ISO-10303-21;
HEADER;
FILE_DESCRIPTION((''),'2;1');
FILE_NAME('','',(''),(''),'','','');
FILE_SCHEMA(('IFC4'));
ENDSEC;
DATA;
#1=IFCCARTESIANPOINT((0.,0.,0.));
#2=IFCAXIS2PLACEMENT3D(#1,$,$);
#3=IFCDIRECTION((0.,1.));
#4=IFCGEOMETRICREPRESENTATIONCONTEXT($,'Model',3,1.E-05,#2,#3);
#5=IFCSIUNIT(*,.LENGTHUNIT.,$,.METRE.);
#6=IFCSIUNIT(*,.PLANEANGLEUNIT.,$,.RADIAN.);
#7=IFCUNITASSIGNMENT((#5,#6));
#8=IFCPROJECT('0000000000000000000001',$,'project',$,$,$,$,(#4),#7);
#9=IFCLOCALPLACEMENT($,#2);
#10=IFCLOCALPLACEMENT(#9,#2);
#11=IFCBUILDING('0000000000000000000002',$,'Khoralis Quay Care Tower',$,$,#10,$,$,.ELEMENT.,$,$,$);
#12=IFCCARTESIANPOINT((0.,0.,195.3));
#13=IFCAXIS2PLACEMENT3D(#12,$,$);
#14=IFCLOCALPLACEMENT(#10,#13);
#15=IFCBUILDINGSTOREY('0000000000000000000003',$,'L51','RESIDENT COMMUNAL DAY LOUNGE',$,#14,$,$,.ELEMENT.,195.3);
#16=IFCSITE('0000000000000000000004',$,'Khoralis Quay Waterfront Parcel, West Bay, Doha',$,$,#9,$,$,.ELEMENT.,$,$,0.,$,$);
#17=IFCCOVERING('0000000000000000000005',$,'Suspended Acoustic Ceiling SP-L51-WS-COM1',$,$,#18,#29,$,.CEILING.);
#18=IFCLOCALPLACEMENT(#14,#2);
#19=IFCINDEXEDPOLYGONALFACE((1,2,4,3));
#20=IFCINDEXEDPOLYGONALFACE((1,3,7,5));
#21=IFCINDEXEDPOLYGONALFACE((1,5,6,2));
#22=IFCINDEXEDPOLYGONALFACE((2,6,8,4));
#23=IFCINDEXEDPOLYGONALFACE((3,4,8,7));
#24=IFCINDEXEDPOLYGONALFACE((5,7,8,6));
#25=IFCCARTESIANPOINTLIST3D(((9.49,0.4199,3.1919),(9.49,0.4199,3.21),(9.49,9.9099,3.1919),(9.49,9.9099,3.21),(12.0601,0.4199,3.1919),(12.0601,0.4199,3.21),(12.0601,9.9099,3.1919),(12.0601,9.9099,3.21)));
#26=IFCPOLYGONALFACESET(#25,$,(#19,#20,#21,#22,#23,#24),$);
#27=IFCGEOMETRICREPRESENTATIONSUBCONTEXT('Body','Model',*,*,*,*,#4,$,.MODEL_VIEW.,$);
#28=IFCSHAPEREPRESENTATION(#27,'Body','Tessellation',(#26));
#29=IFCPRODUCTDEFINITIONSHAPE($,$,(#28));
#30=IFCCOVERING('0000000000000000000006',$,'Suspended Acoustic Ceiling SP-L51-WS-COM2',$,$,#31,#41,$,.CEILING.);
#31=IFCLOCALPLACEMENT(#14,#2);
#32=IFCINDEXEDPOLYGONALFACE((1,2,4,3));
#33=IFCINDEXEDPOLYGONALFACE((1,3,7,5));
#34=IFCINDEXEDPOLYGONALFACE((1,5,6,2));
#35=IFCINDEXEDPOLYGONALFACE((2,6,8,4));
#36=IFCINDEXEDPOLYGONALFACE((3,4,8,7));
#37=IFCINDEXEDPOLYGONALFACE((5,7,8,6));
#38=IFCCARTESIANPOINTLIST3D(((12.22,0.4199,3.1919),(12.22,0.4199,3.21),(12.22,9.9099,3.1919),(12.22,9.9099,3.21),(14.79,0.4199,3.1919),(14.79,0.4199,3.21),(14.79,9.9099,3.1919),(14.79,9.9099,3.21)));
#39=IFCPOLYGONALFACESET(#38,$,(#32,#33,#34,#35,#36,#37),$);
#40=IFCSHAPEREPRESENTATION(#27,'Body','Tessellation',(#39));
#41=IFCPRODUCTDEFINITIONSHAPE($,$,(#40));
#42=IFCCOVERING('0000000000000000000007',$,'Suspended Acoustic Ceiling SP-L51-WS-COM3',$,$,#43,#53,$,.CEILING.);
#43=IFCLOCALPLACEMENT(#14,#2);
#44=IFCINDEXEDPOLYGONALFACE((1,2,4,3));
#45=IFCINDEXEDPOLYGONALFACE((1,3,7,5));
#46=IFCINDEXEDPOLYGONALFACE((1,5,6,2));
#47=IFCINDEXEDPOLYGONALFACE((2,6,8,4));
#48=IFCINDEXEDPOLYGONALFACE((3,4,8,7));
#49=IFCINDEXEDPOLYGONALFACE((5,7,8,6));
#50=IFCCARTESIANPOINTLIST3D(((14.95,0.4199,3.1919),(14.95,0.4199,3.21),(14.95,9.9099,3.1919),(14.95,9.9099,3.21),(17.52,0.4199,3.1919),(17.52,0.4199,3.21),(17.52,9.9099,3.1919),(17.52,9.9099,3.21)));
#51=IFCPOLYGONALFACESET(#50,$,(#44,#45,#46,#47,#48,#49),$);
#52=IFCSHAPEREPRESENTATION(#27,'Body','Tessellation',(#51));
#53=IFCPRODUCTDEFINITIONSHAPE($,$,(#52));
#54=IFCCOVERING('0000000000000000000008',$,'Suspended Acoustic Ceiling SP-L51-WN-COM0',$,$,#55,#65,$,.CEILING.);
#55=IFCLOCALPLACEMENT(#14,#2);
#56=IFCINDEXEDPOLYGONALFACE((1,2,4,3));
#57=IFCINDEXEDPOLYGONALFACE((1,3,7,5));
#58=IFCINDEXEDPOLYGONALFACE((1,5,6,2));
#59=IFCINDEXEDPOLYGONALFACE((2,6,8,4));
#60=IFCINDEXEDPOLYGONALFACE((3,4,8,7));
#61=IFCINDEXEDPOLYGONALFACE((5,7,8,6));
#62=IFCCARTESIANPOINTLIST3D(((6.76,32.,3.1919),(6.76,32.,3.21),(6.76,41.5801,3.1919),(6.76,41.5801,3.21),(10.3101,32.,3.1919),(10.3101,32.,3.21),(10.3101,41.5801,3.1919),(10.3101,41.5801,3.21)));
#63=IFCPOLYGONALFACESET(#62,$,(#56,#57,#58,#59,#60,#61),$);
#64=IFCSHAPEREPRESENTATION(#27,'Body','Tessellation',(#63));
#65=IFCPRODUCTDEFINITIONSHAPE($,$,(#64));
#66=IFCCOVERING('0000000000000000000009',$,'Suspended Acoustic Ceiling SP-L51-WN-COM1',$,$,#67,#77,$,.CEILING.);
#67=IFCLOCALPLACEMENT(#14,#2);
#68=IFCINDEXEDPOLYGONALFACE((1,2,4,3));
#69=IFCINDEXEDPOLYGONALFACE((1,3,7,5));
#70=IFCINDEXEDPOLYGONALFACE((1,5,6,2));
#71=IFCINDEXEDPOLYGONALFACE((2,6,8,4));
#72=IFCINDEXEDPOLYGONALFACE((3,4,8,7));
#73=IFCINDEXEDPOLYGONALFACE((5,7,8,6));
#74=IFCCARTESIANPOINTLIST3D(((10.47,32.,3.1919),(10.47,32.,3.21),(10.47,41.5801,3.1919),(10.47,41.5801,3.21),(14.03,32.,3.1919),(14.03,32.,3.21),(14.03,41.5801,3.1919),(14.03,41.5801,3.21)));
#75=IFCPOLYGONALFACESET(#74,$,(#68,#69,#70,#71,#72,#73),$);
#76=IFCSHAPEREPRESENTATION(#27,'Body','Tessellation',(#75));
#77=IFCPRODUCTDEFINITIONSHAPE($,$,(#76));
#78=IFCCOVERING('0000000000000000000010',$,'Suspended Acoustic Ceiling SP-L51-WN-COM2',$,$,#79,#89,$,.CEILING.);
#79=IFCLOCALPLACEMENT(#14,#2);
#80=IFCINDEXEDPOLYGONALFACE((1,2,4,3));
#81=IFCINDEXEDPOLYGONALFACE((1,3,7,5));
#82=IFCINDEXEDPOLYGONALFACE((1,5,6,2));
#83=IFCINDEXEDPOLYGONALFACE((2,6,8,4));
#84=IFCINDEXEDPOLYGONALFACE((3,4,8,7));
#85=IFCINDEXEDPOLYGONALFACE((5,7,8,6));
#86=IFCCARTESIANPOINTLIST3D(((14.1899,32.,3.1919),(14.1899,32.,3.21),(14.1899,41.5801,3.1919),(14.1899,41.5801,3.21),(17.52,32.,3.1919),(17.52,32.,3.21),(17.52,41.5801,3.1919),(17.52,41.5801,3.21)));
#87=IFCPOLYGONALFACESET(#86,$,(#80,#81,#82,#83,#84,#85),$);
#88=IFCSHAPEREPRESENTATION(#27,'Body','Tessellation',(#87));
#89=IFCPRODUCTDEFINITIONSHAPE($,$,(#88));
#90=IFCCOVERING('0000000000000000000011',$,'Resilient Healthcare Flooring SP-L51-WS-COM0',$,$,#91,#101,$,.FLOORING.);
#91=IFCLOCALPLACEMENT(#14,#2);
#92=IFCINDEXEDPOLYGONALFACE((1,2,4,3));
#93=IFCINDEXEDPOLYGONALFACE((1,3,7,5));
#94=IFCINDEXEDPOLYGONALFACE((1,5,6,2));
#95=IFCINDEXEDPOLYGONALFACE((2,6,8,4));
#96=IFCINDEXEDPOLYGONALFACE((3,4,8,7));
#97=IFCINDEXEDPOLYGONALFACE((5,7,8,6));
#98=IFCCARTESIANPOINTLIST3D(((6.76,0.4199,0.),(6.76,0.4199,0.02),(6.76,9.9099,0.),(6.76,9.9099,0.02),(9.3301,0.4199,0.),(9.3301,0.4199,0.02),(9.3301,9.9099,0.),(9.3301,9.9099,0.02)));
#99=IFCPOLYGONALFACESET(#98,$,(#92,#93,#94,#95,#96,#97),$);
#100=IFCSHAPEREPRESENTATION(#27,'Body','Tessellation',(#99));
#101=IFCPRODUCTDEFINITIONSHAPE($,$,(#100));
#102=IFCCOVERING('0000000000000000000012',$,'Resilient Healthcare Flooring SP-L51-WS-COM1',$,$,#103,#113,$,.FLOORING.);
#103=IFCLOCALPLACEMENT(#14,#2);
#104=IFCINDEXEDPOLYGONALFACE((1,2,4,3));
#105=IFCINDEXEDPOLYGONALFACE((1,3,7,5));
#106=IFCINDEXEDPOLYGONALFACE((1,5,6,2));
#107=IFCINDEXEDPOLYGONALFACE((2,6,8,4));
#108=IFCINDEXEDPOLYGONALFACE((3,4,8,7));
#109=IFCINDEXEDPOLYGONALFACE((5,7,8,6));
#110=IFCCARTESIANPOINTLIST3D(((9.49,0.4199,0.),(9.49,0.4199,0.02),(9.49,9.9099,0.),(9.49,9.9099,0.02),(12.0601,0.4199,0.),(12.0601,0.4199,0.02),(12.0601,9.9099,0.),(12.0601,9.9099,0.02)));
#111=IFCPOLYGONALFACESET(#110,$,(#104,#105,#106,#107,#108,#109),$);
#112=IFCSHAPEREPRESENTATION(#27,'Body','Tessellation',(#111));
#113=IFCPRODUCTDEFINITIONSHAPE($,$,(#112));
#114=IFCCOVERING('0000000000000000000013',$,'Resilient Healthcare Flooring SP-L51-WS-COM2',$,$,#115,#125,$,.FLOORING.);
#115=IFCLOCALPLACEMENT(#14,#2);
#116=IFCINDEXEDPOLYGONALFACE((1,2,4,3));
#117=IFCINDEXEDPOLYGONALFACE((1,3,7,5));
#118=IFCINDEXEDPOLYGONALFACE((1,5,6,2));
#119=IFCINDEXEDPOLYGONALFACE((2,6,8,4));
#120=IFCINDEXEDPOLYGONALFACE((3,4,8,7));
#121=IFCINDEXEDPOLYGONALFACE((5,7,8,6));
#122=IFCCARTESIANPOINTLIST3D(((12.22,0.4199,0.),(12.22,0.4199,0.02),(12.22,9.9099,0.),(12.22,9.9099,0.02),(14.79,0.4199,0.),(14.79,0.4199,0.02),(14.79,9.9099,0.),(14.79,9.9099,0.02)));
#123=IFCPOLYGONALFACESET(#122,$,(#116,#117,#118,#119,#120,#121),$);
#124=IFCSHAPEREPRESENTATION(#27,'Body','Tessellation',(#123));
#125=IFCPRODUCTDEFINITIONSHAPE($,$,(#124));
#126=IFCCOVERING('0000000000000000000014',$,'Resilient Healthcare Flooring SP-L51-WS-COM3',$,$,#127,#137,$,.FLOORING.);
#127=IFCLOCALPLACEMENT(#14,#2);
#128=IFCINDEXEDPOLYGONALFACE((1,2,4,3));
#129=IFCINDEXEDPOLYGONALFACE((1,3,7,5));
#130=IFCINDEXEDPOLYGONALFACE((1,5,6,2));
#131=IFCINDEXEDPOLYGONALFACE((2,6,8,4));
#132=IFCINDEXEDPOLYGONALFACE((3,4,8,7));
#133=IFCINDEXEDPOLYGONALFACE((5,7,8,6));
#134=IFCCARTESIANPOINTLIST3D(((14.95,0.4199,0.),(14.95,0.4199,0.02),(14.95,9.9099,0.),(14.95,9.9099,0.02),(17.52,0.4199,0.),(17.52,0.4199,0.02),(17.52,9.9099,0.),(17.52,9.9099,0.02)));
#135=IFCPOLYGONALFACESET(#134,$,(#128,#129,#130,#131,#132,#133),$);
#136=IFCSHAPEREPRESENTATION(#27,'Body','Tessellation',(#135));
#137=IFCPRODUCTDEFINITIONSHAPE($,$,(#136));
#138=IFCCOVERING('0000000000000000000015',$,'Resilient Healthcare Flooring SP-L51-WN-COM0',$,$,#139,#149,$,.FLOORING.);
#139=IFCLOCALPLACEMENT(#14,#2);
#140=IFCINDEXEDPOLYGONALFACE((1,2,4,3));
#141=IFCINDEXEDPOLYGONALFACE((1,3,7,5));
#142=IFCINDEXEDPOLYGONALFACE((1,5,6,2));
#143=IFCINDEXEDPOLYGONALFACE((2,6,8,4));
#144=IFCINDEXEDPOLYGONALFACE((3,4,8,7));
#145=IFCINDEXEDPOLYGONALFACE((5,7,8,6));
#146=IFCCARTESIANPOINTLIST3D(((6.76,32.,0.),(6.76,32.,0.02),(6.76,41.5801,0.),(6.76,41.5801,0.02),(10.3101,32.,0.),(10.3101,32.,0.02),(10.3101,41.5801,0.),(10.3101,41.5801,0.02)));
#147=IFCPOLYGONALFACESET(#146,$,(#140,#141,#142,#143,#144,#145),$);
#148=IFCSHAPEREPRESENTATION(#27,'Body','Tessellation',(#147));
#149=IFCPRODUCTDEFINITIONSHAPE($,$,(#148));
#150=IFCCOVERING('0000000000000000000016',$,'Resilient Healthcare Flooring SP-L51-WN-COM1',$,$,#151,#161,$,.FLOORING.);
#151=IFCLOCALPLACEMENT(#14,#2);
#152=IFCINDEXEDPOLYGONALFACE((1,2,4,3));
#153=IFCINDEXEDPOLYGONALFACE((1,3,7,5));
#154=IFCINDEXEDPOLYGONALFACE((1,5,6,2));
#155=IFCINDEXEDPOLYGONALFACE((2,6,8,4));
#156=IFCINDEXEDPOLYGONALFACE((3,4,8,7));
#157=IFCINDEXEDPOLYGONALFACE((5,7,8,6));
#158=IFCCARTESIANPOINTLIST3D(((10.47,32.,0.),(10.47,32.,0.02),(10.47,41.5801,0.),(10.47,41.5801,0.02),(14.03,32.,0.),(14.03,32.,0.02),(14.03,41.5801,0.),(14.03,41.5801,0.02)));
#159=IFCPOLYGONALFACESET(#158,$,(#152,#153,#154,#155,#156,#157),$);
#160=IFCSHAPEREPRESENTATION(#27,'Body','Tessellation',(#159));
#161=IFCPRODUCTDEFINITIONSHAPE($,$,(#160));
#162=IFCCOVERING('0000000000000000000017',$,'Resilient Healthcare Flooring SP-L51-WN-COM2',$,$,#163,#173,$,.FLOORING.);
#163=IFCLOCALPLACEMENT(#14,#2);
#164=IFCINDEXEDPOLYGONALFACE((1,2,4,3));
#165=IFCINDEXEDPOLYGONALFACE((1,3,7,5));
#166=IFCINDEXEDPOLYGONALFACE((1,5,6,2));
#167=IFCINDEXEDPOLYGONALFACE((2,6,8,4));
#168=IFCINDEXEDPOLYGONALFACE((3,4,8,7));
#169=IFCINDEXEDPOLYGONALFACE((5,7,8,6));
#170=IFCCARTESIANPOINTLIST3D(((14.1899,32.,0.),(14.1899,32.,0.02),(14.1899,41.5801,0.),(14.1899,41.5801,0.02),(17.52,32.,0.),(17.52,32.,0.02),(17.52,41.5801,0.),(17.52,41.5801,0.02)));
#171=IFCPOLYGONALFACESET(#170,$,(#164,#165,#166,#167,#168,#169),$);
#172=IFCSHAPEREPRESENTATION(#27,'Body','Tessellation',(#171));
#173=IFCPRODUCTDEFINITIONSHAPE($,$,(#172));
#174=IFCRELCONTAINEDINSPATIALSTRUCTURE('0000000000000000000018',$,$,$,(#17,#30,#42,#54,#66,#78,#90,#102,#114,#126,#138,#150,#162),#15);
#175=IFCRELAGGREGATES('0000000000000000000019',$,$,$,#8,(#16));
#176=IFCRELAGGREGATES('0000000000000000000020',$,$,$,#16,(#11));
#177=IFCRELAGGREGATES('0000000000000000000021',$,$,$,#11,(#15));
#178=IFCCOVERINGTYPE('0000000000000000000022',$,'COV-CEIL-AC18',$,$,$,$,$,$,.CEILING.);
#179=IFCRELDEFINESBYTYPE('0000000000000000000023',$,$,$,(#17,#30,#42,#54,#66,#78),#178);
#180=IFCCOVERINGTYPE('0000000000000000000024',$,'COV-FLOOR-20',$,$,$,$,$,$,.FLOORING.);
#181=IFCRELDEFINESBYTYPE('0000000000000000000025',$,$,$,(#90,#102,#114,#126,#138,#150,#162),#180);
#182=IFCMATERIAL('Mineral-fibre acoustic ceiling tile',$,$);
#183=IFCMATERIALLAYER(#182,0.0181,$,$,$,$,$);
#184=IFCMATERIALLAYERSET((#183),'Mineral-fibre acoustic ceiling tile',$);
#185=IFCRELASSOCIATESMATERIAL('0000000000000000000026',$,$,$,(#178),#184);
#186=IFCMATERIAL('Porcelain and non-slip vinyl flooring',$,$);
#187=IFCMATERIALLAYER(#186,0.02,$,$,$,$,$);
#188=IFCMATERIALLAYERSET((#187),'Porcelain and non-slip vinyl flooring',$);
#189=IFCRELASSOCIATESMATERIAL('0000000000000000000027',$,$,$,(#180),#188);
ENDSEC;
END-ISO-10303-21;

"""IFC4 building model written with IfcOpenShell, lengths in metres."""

from ifc_helpers import new_model, si_unit, direction, frame, origin, place, context, subcontext, project, spatial, polyline, outline, extrude, material, layer, layer_set, type_object, element, save


model = new_model("IFC4")

# Units and contexts
model_context = context("Model", 3, precision=1e-05, world=origin(), true_north=direction((0.0, 1.0)))
body_context = subcontext(model_context, "Body", "Model", "MODEL_VIEW")
ifc_project = project(units=[si_unit("LENGTHUNIT", "METRE"), si_unit("PLANEANGLEUNIT", "RADIAN")], contexts=[model_context])

# Site, building, storey
site_placement = place(None, origin())
site = spatial("IfcSite", under=ifc_project, at=site_placement, Name="Khoralis Quay Waterfront Parcel, West Bay, Doha", CompositionType="ELEMENT", RefElevation=0.0)
building_placement = place(site_placement, origin())
building = spatial("IfcBuilding", under=site, at=building_placement, Name="Khoralis Quay Care Tower", CompositionType="ELEMENT")
storey_placement = place(building_placement, frame((0.0, 0.0, 195.3)))
storey = spatial("IfcBuildingStorey", under=building, at=storey_placement, Name="L51", Description="RESIDENT COMMUNAL DAY LOUNGE", CompositionType="ELEMENT", Elevation=195.3)

# Coverings
ifc_material_1 = material(Name="Mineral-fibre acoustic ceiling tile")
ifc_layer_1 = layer(ifc_material_1, 0.0181)
ifc_layer_set_1 = layer_set([ifc_layer_1], Name="Mineral-fibre acoustic ceiling tile")
covering_type_1 = type_object("IfcCoveringType", Name="COV-CEIL-AC18", PredefinedType="CEILING", material=ifc_layer_set_1)
covering_1_placement = place(storey_placement, frame((0.0, 0.0, 3.1919)))
element("IfcCovering", 1, at=covering_1_placement, inside=storey, type_object=covering_type_1, Name="Suspended Acoustic Ceiling SP-L51-WS-COM1", PredefinedType="CEILING", context=body_context, shape_type="SweptSolid", body=[
    extrude(outline(polyline([(9.49, 0.4199), (12.0601, 0.4199), (12.0601, 9.9099), (9.49, 9.9099), (9.49, 0.4199)])), origin(), (0.0, 0.0, 1.0), 0.0181),
])
covering_2_placement = place(storey_placement, frame((0.0, 0.0, 3.1919)))
element("IfcCovering", 2, at=covering_2_placement, inside=storey, type_object=covering_type_1, Name="Suspended Acoustic Ceiling SP-L51-WS-COM2", PredefinedType="CEILING", context=body_context, shape_type="SweptSolid", body=[
    extrude(outline(polyline([(12.22, 0.4199), (14.79, 0.4199), (14.79, 9.9099), (12.22, 9.9099), (12.22, 0.4199)])), origin(), (0.0, 0.0, 1.0), 0.0181),
])
covering_3_placement = place(storey_placement, frame((0.0, 0.0, 3.1919)))
element("IfcCovering", 3, at=covering_3_placement, inside=storey, type_object=covering_type_1, Name="Suspended Acoustic Ceiling SP-L51-WS-COM3", PredefinedType="CEILING", context=body_context, shape_type="SweptSolid", body=[
    extrude(outline(polyline([(14.95, 0.4199), (17.52, 0.4199), (17.52, 9.9099), (14.95, 9.9099), (14.95, 0.4199)])), origin(), (0.0, 0.0, 1.0), 0.0181),
])
covering_4_placement = place(storey_placement, frame((0.0, 0.0, 3.1919)))
element("IfcCovering", 4, at=covering_4_placement, inside=storey, type_object=covering_type_1, Name="Suspended Acoustic Ceiling SP-L51-WN-COM0", PredefinedType="CEILING", context=body_context, shape_type="SweptSolid", body=[
    extrude(outline(polyline([(6.76, 32.0), (10.3101, 32.0), (10.3101, 41.5801), (6.76, 41.5801), (6.76, 32.0)])), origin(), (0.0, 0.0, 1.0), 0.0181),
])
covering_5_placement = place(storey_placement, frame((0.0, 0.0, 3.1919)))
element("IfcCovering", 5, at=covering_5_placement, inside=storey, type_object=covering_type_1, Name="Suspended Acoustic Ceiling SP-L51-WN-COM1", PredefinedType="CEILING", context=body_context, shape_type="SweptSolid", body=[
    extrude(outline(polyline([(10.47, 32.0), (14.03, 32.0), (14.03, 41.5801), (10.47, 41.5801), (10.47, 32.0)])), origin(), (0.0, 0.0, 1.0), 0.0181),
])
covering_6_placement = place(storey_placement, frame((0.0, 0.0, 3.1919)))
element("IfcCovering", 6, at=covering_6_placement, inside=storey, type_object=covering_type_1, Name="Suspended Acoustic Ceiling SP-L51-WN-COM2", PredefinedType="CEILING", context=body_context, shape_type="SweptSolid", body=[
    extrude(outline(polyline([(14.1899, 32.0), (17.52, 32.0), (17.52, 41.5801), (14.1899, 41.5801), (14.1899, 32.0)])), origin(), (0.0, 0.0, 1.0), 0.0181),
])
ifc_material_2 = material(Name="Porcelain and non-slip vinyl flooring")
ifc_layer_2 = layer(ifc_material_2, 0.02)
ifc_layer_set_2 = layer_set([ifc_layer_2], Name="Porcelain and non-slip vinyl flooring")
covering_type_2 = type_object("IfcCoveringType", Name="COV-FLOOR-20", PredefinedType="FLOORING", material=ifc_layer_set_2)
covering_7_placement = place(storey_placement, origin())
element("IfcCovering", 7, at=covering_7_placement, inside=storey, type_object=covering_type_2, Name="Resilient Healthcare Flooring SP-L51-WS-COM0", PredefinedType="FLOORING", context=body_context, shape_type="SweptSolid", body=[
    extrude(outline(polyline([(6.76, 0.4199), (9.3301, 0.4199), (9.3301, 9.9099), (6.76, 9.9099), (6.76, 0.4199)])), origin(), (0.0, 0.0, 1.0), 0.02),
])
covering_8_placement = place(storey_placement, origin())
element("IfcCovering", 8, at=covering_8_placement, inside=storey, type_object=covering_type_2, Name="Resilient Healthcare Flooring SP-L51-WS-COM1", PredefinedType="FLOORING", context=body_context, shape_type="SweptSolid", body=[
    extrude(outline(polyline([(9.49, 0.4199), (12.0601, 0.4199), (12.0601, 9.9099), (9.49, 9.9099), (9.49, 0.4199)])), origin(), (0.0, 0.0, 1.0), 0.02),
])
covering_9_placement = place(storey_placement, origin())
element("IfcCovering", 9, at=covering_9_placement, inside=storey, type_object=covering_type_2, Name="Resilient Healthcare Flooring SP-L51-WS-COM2", PredefinedType="FLOORING", context=body_context, shape_type="SweptSolid", body=[
    extrude(outline(polyline([(12.22, 0.4199), (14.79, 0.4199), (14.79, 9.9099), (12.22, 9.9099), (12.22, 0.4199)])), origin(), (0.0, 0.0, 1.0), 0.02),
])
covering_10_placement = place(storey_placement, origin())
element("IfcCovering", 10, at=covering_10_placement, inside=storey, type_object=covering_type_2, Name="Resilient Healthcare Flooring SP-L51-WS-COM3", PredefinedType="FLOORING", context=body_context, shape_type="SweptSolid", body=[
    extrude(outline(polyline([(14.95, 0.4199), (17.52, 0.4199), (17.52, 9.9099), (14.95, 9.9099), (14.95, 0.4199)])), origin(), (0.0, 0.0, 1.0), 0.02),
])
covering_11_placement = place(storey_placement, origin())
element("IfcCovering", 11, at=covering_11_placement, inside=storey, type_object=covering_type_2, Name="Resilient Healthcare Flooring SP-L51-WN-COM0", PredefinedType="FLOORING", context=body_context, shape_type="SweptSolid", body=[
    extrude(outline(polyline([(6.76, 32.0), (10.3101, 32.0), (10.3101, 41.5801), (6.76, 41.5801), (6.76, 32.0)])), origin(), (0.0, 0.0, 1.0), 0.02),
])
covering_12_placement = place(storey_placement, origin())
element("IfcCovering", 12, at=covering_12_placement, inside=storey, type_object=covering_type_2, Name="Resilient Healthcare Flooring SP-L51-WN-COM1", PredefinedType="FLOORING", context=body_context, shape_type="SweptSolid", body=[
    extrude(outline(polyline([(10.47, 32.0), (14.03, 32.0), (14.03, 41.5801), (10.47, 41.5801), (10.47, 32.0)])), origin(), (0.0, 0.0, 1.0), 0.02),
])
covering_13_placement = place(storey_placement, origin())
element("IfcCovering", 13, at=covering_13_placement, inside=storey, type_object=covering_type_2, Name="Resilient Healthcare Flooring SP-L51-WN-COM2", PredefinedType="FLOORING", context=body_context, shape_type="SweptSolid", body=[
    extrude(outline(polyline([(14.1899, 32.0), (17.52, 32.0), (17.52, 41.5801), (14.1899, 41.5801), (14.1899, 32.0)])), origin(), (0.0, 0.0, 1.0), 0.02),
])

save(model, "model.ifc")
